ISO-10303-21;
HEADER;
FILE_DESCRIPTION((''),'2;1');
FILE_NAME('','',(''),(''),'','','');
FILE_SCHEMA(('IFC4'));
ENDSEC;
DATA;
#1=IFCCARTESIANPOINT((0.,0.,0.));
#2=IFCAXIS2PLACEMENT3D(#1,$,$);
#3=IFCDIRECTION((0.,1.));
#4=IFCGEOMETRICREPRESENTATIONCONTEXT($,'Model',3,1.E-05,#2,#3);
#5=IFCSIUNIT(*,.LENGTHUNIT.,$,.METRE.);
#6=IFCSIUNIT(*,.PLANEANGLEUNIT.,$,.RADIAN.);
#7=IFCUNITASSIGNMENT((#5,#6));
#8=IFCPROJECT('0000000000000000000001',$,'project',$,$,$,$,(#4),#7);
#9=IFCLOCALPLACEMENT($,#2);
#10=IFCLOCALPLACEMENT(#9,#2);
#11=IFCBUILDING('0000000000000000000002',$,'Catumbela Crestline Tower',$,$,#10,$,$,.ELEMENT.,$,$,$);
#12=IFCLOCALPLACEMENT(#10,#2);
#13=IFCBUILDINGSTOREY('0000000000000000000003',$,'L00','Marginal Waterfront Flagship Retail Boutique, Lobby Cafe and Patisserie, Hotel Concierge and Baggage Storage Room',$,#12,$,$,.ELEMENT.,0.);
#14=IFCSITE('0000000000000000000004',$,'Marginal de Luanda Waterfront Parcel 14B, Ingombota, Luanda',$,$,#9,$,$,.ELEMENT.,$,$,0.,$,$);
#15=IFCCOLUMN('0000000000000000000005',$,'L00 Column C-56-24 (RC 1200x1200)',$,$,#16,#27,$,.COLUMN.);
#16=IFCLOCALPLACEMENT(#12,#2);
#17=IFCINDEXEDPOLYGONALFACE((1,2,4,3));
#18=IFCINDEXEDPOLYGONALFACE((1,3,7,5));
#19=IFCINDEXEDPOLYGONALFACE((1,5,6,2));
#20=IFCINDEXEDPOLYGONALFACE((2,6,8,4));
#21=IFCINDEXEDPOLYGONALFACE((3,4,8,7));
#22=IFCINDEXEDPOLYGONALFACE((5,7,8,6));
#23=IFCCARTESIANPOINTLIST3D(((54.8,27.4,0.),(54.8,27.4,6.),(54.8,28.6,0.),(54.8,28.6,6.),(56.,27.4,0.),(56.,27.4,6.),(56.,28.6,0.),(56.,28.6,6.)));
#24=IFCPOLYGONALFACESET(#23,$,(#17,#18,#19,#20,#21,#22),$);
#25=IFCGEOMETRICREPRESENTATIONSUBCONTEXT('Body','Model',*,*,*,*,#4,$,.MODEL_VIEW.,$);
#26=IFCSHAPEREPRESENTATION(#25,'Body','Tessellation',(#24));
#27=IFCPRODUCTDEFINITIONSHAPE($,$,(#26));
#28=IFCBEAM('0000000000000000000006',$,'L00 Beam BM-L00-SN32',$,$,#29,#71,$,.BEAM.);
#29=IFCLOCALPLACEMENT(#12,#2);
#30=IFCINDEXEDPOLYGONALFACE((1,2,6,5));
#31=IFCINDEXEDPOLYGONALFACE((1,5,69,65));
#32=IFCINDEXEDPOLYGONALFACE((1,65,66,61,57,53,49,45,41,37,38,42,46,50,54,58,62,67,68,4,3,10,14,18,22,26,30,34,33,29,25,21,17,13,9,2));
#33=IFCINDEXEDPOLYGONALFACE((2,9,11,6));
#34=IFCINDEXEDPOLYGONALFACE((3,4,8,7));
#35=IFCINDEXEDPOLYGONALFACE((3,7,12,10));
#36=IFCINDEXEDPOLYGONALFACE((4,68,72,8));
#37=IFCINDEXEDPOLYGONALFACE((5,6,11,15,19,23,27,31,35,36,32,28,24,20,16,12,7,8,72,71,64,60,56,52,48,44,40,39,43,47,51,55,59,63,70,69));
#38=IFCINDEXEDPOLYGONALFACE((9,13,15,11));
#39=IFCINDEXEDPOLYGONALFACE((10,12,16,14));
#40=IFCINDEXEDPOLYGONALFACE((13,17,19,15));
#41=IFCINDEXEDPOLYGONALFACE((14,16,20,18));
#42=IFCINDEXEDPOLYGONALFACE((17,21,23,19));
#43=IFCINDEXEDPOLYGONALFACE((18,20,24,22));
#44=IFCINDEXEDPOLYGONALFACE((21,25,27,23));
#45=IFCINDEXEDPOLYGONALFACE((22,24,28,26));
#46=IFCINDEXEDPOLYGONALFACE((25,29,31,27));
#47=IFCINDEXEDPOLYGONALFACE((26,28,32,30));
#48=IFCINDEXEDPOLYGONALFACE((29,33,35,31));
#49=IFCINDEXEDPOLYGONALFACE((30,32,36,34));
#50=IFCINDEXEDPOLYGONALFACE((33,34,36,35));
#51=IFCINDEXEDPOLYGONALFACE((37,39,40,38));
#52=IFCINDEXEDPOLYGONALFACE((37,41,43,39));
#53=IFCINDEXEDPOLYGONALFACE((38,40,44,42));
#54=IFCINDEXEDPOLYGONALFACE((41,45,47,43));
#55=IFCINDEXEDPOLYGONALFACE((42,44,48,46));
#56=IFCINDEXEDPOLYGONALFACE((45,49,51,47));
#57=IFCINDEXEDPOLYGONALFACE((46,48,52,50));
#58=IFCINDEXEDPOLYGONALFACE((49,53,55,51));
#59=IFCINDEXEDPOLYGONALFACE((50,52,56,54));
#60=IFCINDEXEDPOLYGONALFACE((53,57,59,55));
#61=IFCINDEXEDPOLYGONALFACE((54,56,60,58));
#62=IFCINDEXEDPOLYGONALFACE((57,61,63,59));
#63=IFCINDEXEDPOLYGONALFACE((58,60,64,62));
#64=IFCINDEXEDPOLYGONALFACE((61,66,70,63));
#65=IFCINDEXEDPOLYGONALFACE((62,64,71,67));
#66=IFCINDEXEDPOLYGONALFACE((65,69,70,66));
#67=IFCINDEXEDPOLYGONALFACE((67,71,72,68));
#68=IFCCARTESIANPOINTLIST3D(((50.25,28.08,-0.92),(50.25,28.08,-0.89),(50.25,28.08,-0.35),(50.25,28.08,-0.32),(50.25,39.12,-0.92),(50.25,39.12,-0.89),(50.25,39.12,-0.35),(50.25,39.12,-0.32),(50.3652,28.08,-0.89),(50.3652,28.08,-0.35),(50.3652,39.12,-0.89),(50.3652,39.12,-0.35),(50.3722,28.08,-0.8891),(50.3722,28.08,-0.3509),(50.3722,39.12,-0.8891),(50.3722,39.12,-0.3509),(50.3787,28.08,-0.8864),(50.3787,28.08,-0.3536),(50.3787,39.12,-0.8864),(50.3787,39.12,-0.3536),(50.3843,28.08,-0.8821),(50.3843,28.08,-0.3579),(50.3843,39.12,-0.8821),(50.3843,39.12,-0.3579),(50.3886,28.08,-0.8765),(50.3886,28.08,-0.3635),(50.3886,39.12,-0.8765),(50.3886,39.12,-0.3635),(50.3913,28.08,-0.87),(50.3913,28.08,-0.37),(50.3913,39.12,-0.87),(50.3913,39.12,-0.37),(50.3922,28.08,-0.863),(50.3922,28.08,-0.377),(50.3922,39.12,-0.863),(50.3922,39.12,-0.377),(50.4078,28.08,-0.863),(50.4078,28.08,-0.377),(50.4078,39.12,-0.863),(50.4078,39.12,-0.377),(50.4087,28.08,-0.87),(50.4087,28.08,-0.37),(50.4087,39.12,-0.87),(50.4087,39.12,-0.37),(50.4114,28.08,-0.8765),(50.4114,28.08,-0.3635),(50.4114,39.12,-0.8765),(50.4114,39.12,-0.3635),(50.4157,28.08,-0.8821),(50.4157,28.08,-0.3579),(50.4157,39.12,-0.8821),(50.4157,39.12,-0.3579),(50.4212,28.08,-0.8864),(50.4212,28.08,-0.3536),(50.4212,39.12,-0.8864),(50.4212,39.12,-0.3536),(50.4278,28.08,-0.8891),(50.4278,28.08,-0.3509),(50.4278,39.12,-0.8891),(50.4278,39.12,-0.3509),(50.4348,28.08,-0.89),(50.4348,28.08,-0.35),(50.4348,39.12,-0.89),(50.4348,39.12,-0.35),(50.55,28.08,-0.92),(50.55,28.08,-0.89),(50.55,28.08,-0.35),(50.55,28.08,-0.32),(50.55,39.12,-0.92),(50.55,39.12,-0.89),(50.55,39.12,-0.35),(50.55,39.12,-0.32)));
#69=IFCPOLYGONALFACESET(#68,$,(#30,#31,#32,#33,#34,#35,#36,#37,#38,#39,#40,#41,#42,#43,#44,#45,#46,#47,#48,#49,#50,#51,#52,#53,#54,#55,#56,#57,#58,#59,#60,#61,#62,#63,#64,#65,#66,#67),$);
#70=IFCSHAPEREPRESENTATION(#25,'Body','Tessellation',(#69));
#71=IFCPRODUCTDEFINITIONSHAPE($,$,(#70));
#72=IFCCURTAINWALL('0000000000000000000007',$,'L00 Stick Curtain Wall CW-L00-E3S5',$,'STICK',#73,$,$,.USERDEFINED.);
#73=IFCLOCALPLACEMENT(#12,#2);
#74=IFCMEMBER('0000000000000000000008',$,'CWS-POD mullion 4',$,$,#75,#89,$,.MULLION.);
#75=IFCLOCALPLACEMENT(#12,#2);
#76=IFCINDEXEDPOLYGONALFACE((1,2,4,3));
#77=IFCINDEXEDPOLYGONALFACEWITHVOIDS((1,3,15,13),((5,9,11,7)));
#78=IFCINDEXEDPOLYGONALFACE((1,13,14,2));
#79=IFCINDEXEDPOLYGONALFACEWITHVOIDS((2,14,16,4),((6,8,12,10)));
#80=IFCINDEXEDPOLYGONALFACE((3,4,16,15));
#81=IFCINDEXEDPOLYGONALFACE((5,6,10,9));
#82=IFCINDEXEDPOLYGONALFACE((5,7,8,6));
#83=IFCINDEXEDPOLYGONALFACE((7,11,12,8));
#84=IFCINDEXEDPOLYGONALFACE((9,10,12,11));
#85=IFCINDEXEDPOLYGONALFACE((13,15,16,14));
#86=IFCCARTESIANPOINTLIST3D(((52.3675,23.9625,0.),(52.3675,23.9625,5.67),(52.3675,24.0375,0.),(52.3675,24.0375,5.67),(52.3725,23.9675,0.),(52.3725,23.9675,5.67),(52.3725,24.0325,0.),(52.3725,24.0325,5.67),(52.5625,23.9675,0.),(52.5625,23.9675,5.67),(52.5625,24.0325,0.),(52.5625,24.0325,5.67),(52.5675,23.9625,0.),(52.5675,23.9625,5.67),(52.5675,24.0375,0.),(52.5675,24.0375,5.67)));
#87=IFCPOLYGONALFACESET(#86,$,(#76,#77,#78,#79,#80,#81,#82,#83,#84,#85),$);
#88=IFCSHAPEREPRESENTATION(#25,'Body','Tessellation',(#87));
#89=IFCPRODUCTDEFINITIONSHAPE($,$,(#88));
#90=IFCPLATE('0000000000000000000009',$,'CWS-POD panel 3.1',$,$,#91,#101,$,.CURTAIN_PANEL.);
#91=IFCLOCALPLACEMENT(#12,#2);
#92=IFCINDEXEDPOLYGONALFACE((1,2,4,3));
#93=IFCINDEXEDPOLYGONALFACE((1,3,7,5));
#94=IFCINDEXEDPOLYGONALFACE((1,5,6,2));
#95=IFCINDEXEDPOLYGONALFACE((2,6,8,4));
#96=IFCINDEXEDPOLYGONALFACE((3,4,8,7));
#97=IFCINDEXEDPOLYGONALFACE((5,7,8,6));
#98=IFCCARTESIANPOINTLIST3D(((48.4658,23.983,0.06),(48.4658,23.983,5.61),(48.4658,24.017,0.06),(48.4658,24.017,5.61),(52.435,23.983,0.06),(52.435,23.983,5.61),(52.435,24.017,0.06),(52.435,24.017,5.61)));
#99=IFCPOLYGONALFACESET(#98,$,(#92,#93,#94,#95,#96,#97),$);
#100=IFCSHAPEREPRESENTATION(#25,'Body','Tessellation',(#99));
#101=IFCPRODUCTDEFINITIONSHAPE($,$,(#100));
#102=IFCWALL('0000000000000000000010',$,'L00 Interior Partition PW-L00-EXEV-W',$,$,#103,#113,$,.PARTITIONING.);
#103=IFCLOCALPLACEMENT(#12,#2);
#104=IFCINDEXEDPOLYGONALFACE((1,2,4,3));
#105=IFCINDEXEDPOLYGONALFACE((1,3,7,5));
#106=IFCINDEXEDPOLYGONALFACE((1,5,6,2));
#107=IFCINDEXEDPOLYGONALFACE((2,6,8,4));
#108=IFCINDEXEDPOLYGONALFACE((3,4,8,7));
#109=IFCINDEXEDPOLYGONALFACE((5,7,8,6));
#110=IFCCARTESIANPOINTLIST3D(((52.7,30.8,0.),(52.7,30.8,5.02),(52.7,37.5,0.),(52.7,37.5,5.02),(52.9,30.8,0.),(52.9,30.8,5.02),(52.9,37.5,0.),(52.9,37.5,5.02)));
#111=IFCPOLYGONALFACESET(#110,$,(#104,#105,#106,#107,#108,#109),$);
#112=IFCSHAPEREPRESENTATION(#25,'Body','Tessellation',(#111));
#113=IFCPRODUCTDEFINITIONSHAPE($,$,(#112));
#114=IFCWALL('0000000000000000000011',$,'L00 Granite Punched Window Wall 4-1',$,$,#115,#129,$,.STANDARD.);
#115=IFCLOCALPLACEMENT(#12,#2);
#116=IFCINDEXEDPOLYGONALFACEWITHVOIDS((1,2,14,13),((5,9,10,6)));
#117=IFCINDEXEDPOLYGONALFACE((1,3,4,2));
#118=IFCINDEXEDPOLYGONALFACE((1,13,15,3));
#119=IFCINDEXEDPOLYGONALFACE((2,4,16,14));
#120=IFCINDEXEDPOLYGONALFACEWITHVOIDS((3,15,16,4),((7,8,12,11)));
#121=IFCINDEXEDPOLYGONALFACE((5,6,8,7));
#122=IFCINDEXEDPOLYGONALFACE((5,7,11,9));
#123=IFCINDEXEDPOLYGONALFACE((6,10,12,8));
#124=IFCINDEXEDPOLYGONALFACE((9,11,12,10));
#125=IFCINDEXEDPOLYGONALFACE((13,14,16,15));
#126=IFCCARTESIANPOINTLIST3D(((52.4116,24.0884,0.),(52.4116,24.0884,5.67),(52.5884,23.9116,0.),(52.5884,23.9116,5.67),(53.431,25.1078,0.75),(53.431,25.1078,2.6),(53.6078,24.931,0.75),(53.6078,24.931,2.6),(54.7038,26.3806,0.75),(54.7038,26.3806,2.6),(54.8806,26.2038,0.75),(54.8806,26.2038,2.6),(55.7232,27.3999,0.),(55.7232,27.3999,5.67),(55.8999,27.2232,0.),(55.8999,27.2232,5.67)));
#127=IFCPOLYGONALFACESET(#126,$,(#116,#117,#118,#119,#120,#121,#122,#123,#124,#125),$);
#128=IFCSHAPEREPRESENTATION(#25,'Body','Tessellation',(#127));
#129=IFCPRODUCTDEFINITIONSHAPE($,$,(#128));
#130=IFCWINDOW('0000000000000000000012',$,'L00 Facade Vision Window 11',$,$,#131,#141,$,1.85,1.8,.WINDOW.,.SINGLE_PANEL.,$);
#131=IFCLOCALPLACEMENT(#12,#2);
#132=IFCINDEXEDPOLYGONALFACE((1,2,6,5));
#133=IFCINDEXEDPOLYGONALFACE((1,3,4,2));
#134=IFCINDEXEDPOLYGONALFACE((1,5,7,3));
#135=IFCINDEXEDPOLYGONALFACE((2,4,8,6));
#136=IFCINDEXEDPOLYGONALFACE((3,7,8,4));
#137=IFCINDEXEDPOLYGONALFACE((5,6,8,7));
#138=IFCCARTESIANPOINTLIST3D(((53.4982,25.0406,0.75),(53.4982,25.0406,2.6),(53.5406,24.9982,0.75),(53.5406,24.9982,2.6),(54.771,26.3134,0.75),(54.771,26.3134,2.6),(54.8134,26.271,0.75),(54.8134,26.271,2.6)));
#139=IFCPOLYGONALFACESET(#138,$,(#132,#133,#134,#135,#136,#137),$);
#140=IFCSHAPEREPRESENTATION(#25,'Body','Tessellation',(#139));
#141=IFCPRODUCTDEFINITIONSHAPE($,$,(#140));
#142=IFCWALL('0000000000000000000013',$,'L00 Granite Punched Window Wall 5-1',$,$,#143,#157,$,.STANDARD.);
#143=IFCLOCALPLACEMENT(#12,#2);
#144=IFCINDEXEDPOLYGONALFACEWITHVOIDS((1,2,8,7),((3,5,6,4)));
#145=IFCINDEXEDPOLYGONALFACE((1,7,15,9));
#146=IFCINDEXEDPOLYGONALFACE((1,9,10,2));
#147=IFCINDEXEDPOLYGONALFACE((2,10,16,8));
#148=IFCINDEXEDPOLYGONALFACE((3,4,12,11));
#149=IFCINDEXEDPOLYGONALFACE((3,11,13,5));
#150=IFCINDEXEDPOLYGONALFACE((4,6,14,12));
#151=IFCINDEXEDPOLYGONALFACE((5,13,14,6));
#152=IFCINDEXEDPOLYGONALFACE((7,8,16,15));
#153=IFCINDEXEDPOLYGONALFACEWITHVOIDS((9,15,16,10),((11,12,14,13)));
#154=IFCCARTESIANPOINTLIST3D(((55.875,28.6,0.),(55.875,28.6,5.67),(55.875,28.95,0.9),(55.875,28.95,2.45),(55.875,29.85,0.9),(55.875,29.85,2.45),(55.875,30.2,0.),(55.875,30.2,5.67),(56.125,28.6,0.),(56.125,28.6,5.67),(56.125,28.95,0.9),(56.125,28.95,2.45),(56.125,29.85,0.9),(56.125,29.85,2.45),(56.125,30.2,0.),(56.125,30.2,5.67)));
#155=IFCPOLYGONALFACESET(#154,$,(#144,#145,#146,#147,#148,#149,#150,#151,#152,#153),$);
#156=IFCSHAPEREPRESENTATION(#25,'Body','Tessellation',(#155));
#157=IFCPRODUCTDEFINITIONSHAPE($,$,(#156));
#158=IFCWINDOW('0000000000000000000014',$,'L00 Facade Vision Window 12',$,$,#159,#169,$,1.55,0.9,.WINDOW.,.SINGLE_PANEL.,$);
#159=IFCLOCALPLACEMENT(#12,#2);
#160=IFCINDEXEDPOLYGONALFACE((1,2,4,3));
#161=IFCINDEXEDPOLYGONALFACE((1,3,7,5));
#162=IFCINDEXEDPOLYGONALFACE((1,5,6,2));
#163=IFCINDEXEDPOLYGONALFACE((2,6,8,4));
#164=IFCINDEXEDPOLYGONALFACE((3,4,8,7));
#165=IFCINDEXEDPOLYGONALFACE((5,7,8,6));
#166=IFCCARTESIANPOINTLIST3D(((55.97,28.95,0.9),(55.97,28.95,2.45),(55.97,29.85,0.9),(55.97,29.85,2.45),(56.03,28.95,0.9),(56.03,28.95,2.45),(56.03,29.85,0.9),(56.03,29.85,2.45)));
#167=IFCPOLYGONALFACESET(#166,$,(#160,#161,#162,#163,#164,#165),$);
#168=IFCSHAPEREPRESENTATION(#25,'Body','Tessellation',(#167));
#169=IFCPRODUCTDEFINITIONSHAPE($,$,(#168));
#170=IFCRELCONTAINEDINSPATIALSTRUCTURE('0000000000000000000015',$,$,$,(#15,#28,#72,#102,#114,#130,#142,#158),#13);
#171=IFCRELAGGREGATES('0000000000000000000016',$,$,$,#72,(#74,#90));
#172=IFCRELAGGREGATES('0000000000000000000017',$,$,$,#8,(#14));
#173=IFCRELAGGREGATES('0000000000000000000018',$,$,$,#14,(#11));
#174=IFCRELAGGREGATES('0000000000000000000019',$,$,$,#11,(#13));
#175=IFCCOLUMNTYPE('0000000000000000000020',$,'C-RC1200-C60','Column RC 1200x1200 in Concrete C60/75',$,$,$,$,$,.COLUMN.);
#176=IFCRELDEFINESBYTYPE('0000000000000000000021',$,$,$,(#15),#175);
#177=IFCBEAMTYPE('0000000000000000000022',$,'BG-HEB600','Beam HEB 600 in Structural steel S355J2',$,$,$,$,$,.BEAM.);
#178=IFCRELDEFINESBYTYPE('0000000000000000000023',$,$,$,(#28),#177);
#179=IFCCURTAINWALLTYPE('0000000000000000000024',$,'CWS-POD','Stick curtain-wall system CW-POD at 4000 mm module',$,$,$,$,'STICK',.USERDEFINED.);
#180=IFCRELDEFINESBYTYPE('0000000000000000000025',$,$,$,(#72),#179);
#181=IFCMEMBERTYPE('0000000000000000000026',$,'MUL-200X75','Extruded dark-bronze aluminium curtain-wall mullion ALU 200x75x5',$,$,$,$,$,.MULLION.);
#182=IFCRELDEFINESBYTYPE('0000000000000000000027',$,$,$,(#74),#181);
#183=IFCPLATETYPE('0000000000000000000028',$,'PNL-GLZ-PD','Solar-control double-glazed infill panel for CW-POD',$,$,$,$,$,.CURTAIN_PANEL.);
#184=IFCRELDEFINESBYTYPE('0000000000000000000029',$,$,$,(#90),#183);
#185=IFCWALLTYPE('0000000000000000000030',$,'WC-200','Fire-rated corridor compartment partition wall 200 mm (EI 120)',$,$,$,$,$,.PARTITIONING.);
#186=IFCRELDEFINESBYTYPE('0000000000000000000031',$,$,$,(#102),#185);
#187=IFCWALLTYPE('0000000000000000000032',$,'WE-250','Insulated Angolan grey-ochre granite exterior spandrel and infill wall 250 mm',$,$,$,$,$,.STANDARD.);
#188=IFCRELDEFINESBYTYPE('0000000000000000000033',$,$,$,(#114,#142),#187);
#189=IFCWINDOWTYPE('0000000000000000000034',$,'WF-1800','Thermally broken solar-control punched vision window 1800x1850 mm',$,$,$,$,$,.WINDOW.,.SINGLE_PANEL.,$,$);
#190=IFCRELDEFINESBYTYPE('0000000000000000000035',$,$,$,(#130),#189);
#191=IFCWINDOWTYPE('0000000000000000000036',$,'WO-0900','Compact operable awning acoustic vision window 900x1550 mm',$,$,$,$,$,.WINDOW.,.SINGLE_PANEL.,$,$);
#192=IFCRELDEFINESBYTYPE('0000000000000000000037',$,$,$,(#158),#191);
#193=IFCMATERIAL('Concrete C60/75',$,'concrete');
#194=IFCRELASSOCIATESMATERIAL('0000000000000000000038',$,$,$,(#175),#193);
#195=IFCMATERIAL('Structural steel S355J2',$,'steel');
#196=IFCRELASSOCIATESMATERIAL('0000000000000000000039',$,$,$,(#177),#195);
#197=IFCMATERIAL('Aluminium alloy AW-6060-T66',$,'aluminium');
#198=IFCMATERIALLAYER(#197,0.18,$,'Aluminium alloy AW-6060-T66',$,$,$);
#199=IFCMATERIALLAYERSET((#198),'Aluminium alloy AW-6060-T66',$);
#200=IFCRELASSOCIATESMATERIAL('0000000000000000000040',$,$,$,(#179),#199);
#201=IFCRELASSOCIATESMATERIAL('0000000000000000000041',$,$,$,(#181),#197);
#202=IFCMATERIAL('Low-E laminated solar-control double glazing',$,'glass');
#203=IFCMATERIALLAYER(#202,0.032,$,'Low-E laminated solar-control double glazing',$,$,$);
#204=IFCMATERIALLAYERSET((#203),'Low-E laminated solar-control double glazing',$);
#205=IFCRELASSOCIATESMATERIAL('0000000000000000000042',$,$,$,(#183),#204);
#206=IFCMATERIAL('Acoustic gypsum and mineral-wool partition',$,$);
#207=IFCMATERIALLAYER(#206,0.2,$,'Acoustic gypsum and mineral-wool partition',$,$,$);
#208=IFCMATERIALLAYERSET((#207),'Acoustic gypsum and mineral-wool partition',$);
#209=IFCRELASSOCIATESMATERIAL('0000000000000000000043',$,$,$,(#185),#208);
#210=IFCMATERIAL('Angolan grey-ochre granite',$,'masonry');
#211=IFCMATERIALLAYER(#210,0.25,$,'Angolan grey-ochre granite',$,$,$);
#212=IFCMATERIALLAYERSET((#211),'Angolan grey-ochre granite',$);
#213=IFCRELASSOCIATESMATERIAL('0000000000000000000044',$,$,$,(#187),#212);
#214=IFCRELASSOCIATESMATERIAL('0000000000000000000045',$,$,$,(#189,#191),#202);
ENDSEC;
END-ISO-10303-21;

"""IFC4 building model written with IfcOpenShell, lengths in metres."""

from ifc_helpers import new_model, si_unit, direction, frame, frame_2d, origin, origin_2d, place, context, subcontext, project, spatial, rectangle, hollow_rectangle, i_section, extrude, material, layer, layer_set, material_profile, profile_set, type_object, element, fill, aggregate, save


model = new_model("IFC4")

# Units and contexts
model_context = context("Model", 3, precision=1e-05, world=origin(), true_north=direction((0.0, 1.0)))
body_context = subcontext(model_context, "Body", "Model", "MODEL_VIEW")
ifc_project = project(units=[si_unit("LENGTHUNIT", "METRE"), si_unit("PLANEANGLEUNIT", "RADIAN")], contexts=[model_context])

# Site, building, storey
site_placement = place(None, origin())
site = spatial("IfcSite", under=ifc_project, at=site_placement, Name="Marginal de Luanda Waterfront Parcel 14B, Ingombota, Luanda", CompositionType="ELEMENT", RefElevation=0.0)
building_placement = place(site_placement, origin())
building = spatial("IfcBuilding", under=site, at=building_placement, Name="Catumbela Crestline Tower", CompositionType="ELEMENT")
storey_placement = place(building_placement, origin())
storey = spatial("IfcBuildingStorey", under=building, at=storey_placement, Name="L00", Description="Marginal Waterfront Flagship Retail Boutique, Lobby Cafe and Patisserie, Hotel Concierge and Baggage Storage Room", CompositionType="ELEMENT", Elevation=0.0)

# Column
ifc_material_1 = material(Name="Concrete C60/75", Category="concrete")
ifc_material_profile_1 = material_profile(ifc_material_1, rectangle(XDim=1.2, YDim=1.2, at=origin_2d()), Name="RC 1200x1200")
ifc_profile_set_1 = profile_set([ifc_material_profile_1], Name="Concrete C60/75")
column_type = type_object("IfcColumnType", Name="C-RC1200-C60", Description="Column RC 1200x1200 in Concrete C60/75", PredefinedType="COLUMN", material=ifc_profile_set_1)
column_placement = place(storey_placement, frame((55.4, 28.0, 0.0), z_axis=(0.0, 0.0, 1.0), x_axis=(1.0, 0.0, 0.0)))
element("IfcColumn", 1, at=column_placement, inside=storey, type_object=column_type, Name="L00 Column C-56-24 (RC 1200x1200)", PredefinedType="COLUMN", context=body_context, shape_type="SweptSolid", body=[
    extrude(rectangle(XDim=1.2, YDim=1.2, at=origin_2d()), origin(), (0.0, 0.0, 1.0), 6.0),
])

# Beam
ifc_material_2 = material(Name="Structural steel S355J2", Category="steel")
ifc_material_profile_2 = material_profile(ifc_material_2, i_section(OverallWidth=0.3, OverallDepth=0.6, WebThickness=0.0155, FlangeThickness=0.03, FilletRadius=0.027, at=origin_2d()), Name="HEB 600")
ifc_profile_set_2 = profile_set([ifc_material_profile_2], Name="Structural steel S355J2")
beam_type = type_object("IfcBeamType", Name="BG-HEB600", Description="Beam HEB 600 in Structural steel S355J2", PredefinedType="BEAM", material=ifc_profile_set_2)
beam_placement = place(storey_placement, frame((50.4, 28.08, -0.62), z_axis=(0.0, 1.0, 0.0), x_axis=(-1.0, 0.0, 0.0)))
element("IfcBeam", 2, at=beam_placement, inside=storey, type_object=beam_type, Name="L00 Beam BM-L00-SN32", PredefinedType="BEAM", context=body_context, shape_type="SweptSolid", body=[
    extrude(i_section(OverallWidth=0.3, OverallDepth=0.6, WebThickness=0.0155, FlangeThickness=0.03, FilletRadius=0.027, at=origin_2d()), origin(), (0.0, 0.0, 1.0), 11.04),
])

# Curtain wall, member, plate
ifc_material_3 = material(Name="Aluminium alloy AW-6060-T66", Category="aluminium")
ifc_layer_1 = layer(ifc_material_3, 0.18, Name="Aluminium alloy AW-6060-T66")
ifc_layer_set_1 = layer_set([ifc_layer_1], Name="Aluminium alloy AW-6060-T66")
curtain_wall_type = type_object("IfcCurtainWallType", Name="CWS-POD", Description="Stick curtain-wall system CW-POD at 4000 mm module", ElementType="STICK", PredefinedType="USERDEFINED", material=ifc_layer_set_1)
curtain_wall_placement = place(storey_placement, origin())
curtain_wall = element("IfcCurtainWall", 3, at=curtain_wall_placement, inside=storey, type_object=curtain_wall_type, Name="L00 Stick Curtain Wall CW-L00-E3S5", ObjectType="STICK", PredefinedType="USERDEFINED")
ifc_material_profile_3 = material_profile(ifc_material_3, hollow_rectangle(XDim=0.075, YDim=0.2, WallThickness=0.005, at=origin_2d()), Name="ALU 200x75x5")
ifc_profile_set_3 = profile_set([ifc_material_profile_3], Name="Aluminium alloy AW-6060-T66")
member_type = type_object("IfcMemberType", Name="MUL-200X75", Description="Extruded dark-bronze aluminium curtain-wall mullion ALU 200x75x5", PredefinedType="MULLION", material=ifc_profile_set_3)
member_placement = place(storey_placement, frame((52.4675, 24.0, 0.0), z_axis=(0.0, 0.0, 1.0), x_axis=(0.0, 1.0, 0.0)))
member = element("IfcMember", 4, at=member_placement, type_object=member_type, Name="CWS-POD mullion 4", PredefinedType="MULLION", context=body_context, shape_type="SweptSolid", body=[
    extrude(hollow_rectangle(XDim=0.075, YDim=0.2, WallThickness=0.005, at=origin_2d()), origin(), (0.0, 0.0, 1.0), 5.67),
])
ifc_material_4 = material(Name="Low-E laminated solar-control double glazing", Category="glass")
ifc_layer_2 = layer(ifc_material_4, 0.032, Name="Low-E laminated solar-control double glazing")
ifc_layer_set_2 = layer_set([ifc_layer_2], Name="Low-E laminated solar-control double glazing")
plate_type = type_object("IfcPlateType", Name="PNL-GLZ-PD", Description="Solar-control double-glazed infill panel for CW-POD", PredefinedType="CURTAIN_PANEL", material=ifc_layer_set_2)
plate_placement = place(storey_placement, frame((50.4504, 24.0, 0.06), z_axis=(0.0, 0.0, 1.0), x_axis=(1.0, 0.0, 0.0)))
plate = element("IfcPlate", 5, at=plate_placement, type_object=plate_type, Name="CWS-POD panel 3.1", PredefinedType="CURTAIN_PANEL", context=body_context, shape_type="SweptSolid", body=[
    extrude(rectangle(XDim=3.9692, YDim=0.034, at=origin_2d()), origin(), (0.0, 0.0, 1.0), 5.55),
])
aggregate(curtain_wall, [member, plate])

# Wall
ifc_material_5 = material(Name="Acoustic gypsum and mineral-wool partition")
ifc_layer_3 = layer(ifc_material_5, 0.2, Name="Acoustic gypsum and mineral-wool partition")
ifc_layer_set_3 = layer_set([ifc_layer_3], Name="Acoustic gypsum and mineral-wool partition")
wall_type_1 = type_object("IfcWallType", Name="WC-200", Description="Fire-rated corridor compartment partition wall 200 mm (EI 120)", PredefinedType="PARTITIONING", material=ifc_layer_set_3)
wall_1_placement = place(storey_placement, frame((52.8, 30.8, 0.0), z_axis=(0.0, 0.0, 1.0), x_axis=(0.0, 1.0, 0.0)))
element("IfcWall", 6, at=wall_1_placement, inside=storey, type_object=wall_type_1, Name="L00 Interior Partition PW-L00-EXEV-W", PredefinedType="PARTITIONING", context=body_context, shape_type="SweptSolid", body=[
    extrude(rectangle(XDim=6.7, YDim=0.2, at=frame_2d((3.35, 0.0))), origin(), (0.0, 0.0, 1.0), 5.02),
])

# Walls, openings, windows
ifc_material_6 = material(Name="Angolan grey-ochre granite", Category="masonry")
ifc_layer_4 = layer(ifc_material_6, 0.25, Name="Angolan grey-ochre granite")
ifc_layer_set_4 = layer_set([ifc_layer_4], Name="Angolan grey-ochre granite")
wall_type_2 = type_object("IfcWallType", Name="WE-250", Description="Insulated Angolan grey-ochre granite exterior spandrel and infill wall 250 mm", PredefinedType="STANDARD", material=ifc_layer_set_4)
wall_2_placement = place(storey_placement, frame((52.5, 24.0, 0.0), z_axis=(0.0, 0.0, 1.0), x_axis=(0.707107, 0.707107, 0.0)))
wall_2 = element("IfcWall", 7, at=wall_2_placement, inside=storey, type_object=wall_type_2, Name="L00 Granite Punched Window Wall 4-1", PredefinedType="STANDARD", context=body_context, shape_type="SweptSolid", body=[
    extrude(rectangle(XDim=4.6833, YDim=0.25, at=frame_2d((2.3416, 0.0))), origin(), (0.0, 0.0, 1.0), 5.67),
])
opening_1_placement = place(wall_2_placement, frame((1.4417, 0.0, 0.75)))
opening_1 = element("IfcOpeningElement", 8, at=opening_1_placement, cuts=wall_2, PredefinedType="OPENING", context=body_context, shape_type="SweptSolid", body=[
    extrude(rectangle(XDim=1.8, YDim=1.85, at=frame_2d((0.9, 0.925))), frame((0.0, 0.135, 0.0), z_axis=(0.0, -1.0, 0.0), x_axis=(1.0, 0.0, 0.0)), (0.0, 0.0, 1.0), 0.27),
])
window_type_1 = type_object("IfcWindowType", Name="WF-1800", Description="Thermally broken solar-control punched vision window 1800x1850 mm", PartitioningType="SINGLE_PANEL", PredefinedType="WINDOW", material=ifc_material_4)
window_1_placement = place(opening_1_placement, origin())
window_1 = element("IfcWindow", 9, at=window_1_placement, inside=storey, type_object=window_type_1, Name="L00 Facade Vision Window 11", OverallHeight=1.85, OverallWidth=1.8, PartitioningType="SINGLE_PANEL", PredefinedType="WINDOW", context=body_context, shape_type="SweptSolid", body=[
    extrude(rectangle(XDim=1.8, YDim=1.85, at=frame_2d((0.9, 0.925))), frame((0.0, 0.03, 0.0), z_axis=(0.0, -1.0, 0.0), x_axis=(1.0, 0.0, 0.0)), (0.0, 0.0, 1.0), 0.06),
])
fill(opening_1, window_1)
wall_3_placement = place(storey_placement, frame((56.0, 28.6, 0.0), z_axis=(0.0, 0.0, 1.0), x_axis=(0.0, 1.0, 0.0)))
wall_3 = element("IfcWall", 10, at=wall_3_placement, inside=storey, type_object=wall_type_2, Name="L00 Granite Punched Window Wall 5-1", PredefinedType="STANDARD", context=body_context, shape_type="SweptSolid", body=[
    extrude(rectangle(XDim=1.6, YDim=0.25, at=frame_2d((0.8, 0.0))), origin(), (0.0, 0.0, 1.0), 5.67),
])
opening_2_placement = place(wall_3_placement, frame((0.35, 0.0, 0.9)))
opening_2 = element("IfcOpeningElement", 11, at=opening_2_placement, cuts=wall_3, PredefinedType="OPENING", context=body_context, shape_type="SweptSolid", body=[
    extrude(rectangle(XDim=0.9, YDim=1.55, at=frame_2d((0.45, 0.775))), frame((0.0, 0.135, 0.0), z_axis=(0.0, -1.0, 0.0), x_axis=(1.0, 0.0, 0.0)), (0.0, 0.0, 1.0), 0.27),
])
window_type_2 = type_object("IfcWindowType", Name="WO-0900", Description="Compact operable awning acoustic vision window 900x1550 mm", PartitioningType="SINGLE_PANEL", PredefinedType="WINDOW", material=ifc_material_4)
window_2_placement = place(opening_2_placement, origin())
window_2 = element("IfcWindow", 12, at=window_2_placement, inside=storey, type_object=window_type_2, Name="L00 Facade Vision Window 12", OverallHeight=1.55, OverallWidth=0.9, PartitioningType="SINGLE_PANEL", PredefinedType="WINDOW", context=body_context, shape_type="SweptSolid", body=[
    extrude(rectangle(XDim=0.9, YDim=1.55, at=frame_2d((0.45, 0.775))), frame((0.0, 0.03, 0.0), z_axis=(0.0, -1.0, 0.0), x_axis=(1.0, 0.0, 0.0)), (0.0, 0.0, 1.0), 0.06),
])
fill(opening_2, window_2)

save(model, "model.ifc")
